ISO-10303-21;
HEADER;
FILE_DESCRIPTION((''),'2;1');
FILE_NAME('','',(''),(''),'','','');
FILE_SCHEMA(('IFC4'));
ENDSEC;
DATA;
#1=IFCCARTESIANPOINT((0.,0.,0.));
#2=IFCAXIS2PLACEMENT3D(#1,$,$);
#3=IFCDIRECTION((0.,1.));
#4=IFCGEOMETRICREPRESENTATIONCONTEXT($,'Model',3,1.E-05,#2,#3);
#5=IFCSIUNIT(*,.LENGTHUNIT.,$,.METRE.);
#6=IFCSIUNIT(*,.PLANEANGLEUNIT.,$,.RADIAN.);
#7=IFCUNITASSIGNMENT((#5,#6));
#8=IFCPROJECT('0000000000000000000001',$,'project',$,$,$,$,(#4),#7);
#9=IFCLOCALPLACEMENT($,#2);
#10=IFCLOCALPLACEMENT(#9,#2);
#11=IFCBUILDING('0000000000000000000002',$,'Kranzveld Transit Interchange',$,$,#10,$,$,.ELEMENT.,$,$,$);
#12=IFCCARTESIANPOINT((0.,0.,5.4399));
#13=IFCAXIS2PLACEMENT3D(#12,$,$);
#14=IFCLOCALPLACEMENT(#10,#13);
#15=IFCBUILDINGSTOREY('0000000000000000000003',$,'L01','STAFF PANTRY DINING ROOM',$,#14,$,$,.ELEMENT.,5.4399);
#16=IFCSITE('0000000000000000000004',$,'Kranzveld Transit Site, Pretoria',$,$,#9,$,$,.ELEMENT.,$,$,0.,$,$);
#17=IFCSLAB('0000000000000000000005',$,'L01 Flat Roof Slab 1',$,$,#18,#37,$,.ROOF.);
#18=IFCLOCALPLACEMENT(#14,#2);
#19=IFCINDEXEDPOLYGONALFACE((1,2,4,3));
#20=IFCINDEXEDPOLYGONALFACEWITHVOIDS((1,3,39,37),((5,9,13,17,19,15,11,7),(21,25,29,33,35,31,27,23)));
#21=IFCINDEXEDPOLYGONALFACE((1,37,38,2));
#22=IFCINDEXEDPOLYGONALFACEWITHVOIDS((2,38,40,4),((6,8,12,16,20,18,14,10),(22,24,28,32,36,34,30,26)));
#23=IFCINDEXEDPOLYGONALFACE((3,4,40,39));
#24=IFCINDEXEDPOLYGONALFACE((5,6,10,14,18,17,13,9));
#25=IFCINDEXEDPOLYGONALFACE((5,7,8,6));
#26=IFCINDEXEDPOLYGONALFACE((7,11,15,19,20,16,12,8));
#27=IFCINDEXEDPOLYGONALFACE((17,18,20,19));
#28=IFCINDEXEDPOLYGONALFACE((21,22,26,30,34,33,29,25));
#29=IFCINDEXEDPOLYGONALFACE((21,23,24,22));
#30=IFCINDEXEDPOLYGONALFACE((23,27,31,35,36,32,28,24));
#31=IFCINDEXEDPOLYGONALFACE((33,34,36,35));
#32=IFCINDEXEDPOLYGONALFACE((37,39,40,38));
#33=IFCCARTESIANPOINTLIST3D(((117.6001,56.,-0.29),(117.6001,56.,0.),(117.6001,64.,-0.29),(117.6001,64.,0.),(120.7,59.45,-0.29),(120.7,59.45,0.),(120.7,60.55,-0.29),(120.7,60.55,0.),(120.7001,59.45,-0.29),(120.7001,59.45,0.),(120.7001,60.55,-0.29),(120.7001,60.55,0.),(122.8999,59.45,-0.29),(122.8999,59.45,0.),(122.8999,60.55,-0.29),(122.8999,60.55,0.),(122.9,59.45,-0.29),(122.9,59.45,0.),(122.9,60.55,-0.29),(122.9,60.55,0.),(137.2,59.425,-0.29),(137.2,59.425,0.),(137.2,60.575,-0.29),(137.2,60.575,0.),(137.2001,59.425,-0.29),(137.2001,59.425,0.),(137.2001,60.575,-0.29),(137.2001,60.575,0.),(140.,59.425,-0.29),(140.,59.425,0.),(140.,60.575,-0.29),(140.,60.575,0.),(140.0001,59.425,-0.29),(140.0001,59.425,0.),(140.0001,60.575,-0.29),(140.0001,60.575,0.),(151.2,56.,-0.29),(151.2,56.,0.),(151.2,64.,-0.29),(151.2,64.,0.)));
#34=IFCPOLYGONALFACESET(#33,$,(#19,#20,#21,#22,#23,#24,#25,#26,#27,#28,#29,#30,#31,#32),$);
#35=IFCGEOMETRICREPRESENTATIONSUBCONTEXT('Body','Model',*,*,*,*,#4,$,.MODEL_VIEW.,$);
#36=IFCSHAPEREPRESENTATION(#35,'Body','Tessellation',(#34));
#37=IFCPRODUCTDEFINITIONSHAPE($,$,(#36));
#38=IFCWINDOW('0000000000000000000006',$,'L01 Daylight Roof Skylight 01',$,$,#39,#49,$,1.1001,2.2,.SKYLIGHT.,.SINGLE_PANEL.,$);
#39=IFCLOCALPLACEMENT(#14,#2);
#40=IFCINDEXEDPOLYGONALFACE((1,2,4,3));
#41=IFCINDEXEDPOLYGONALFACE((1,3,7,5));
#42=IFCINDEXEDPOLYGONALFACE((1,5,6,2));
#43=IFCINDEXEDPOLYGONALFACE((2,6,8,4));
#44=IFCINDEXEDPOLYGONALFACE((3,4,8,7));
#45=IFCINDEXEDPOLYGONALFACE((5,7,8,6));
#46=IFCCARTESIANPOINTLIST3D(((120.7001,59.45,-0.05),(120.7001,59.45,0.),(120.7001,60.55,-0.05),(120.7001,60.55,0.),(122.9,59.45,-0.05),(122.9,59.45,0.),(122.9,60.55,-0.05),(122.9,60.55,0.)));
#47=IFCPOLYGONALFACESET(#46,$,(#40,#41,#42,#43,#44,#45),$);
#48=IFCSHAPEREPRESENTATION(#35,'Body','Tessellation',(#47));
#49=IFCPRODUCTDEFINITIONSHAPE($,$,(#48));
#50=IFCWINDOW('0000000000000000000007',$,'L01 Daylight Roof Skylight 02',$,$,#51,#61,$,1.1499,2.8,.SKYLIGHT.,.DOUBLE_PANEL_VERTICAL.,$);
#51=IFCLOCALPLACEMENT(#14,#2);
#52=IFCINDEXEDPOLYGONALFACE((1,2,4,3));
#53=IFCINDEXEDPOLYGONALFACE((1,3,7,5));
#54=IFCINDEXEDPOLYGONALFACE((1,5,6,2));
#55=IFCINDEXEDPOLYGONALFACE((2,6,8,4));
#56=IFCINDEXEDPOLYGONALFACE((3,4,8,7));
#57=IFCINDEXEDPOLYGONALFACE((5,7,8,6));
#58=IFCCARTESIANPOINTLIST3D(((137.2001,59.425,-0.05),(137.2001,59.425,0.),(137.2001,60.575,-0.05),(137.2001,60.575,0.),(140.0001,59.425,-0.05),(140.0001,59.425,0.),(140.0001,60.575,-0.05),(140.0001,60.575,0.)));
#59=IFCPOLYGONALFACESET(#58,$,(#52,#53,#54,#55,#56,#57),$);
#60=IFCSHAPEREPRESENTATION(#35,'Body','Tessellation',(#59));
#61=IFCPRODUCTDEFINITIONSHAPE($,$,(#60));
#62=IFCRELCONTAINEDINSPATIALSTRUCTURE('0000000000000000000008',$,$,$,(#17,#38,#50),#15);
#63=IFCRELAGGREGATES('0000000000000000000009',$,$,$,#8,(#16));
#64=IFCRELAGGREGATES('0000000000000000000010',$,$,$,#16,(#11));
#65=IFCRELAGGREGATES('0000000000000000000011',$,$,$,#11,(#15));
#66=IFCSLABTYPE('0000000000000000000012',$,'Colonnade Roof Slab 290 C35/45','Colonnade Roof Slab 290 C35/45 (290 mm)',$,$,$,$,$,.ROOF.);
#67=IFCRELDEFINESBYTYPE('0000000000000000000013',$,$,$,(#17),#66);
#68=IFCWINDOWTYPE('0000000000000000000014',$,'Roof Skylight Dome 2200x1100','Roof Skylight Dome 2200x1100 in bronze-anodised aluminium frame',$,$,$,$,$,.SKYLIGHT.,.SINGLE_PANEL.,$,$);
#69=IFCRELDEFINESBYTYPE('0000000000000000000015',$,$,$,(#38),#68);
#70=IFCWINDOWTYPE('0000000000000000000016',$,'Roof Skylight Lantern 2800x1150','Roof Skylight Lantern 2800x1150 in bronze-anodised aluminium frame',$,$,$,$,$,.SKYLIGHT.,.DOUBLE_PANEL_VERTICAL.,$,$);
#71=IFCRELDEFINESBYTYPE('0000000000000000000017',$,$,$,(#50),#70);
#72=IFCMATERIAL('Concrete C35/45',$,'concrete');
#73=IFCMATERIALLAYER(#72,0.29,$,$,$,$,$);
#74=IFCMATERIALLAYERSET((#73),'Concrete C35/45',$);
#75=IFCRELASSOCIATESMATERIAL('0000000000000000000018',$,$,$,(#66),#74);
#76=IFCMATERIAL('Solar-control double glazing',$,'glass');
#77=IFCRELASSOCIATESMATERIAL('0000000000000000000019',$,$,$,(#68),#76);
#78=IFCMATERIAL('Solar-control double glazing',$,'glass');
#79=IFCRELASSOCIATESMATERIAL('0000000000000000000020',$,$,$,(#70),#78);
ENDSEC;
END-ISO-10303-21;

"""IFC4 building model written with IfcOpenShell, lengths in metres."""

from ifc_helpers import new_model, si_unit, direction, frame, origin, origin_2d, place, context, subcontext, project, spatial, polyline, rectangle, outline, extrude, material, layer, layer_set, type_object, element, fill, save


model = new_model("IFC4")

# Units and contexts
model_context = context("Model", 3, precision=1e-05, world=origin(), true_north=direction((0.0, 1.0)))
body_context = subcontext(model_context, "Body", "Model", "MODEL_VIEW")
ifc_project = project(units=[si_unit("LENGTHUNIT", "METRE"), si_unit("PLANEANGLEUNIT", "RADIAN")], contexts=[model_context])

# Site, building, storey
site_placement = place(None, origin())
site = spatial("IfcSite", under=ifc_project, at=site_placement, Name="Kranzveld Transit Site, Pretoria", CompositionType="ELEMENT", RefElevation=0.0)
building_placement = place(site_placement, origin())
building = spatial("IfcBuilding", under=site, at=building_placement, Name="Kranzveld Transit Interchange", CompositionType="ELEMENT")
storey_placement = place(building_placement, frame((0.0, 0.0, 5.4399)))
storey = spatial("IfcBuildingStorey", under=building, at=storey_placement, Name="L01", Description="STAFF PANTRY DINING ROOM", CompositionType="ELEMENT", Elevation=5.4399)

# Slab, openings, windows
ifc_material_1 = material(Name="Concrete C35/45", Category="concrete")
ifc_layer_1 = layer(ifc_material_1, 0.29)
ifc_layer_set_1 = layer_set([ifc_layer_1], Name="Concrete C35/45")
slab_type_1 = type_object("IfcSlabType", Name="Colonnade Roof Slab 290 C35/45", Description="Colonnade Roof Slab 290 C35/45 (290 mm)", PredefinedType="ROOF", material=ifc_layer_set_1)
slab_1_placement = place(storey_placement, frame((0.0, 0.0, -0.29)))
slab_1 = element("IfcSlab", 1, at=slab_1_placement, inside=storey, type_object=slab_type_1, Name="L01 Flat Roof Slab 1", PredefinedType="ROOF", context=body_context, shape_type="SweptSolid", body=[
    extrude(outline(polyline([(134.3999, 56.0), (117.6001, 56.0), (117.6001, 64.0), (151.2, 64.0), (151.2, 56.0), (134.3999, 56.0)]), holes=[polyline([(120.7, 59.45), (122.8999, 59.45), (122.8999, 60.55), (120.7, 60.55), (120.7, 59.45)]), polyline([(137.2, 59.425), (140.0, 59.425), (140.0, 60.575), (137.2, 60.575), (137.2, 59.425)])]), origin(), (0.0, 0.0, 1.0), 0.29),
])
opening_1_placement = place(slab_1_placement, frame((121.8, 60.0, 0.0)))
opening_1 = element("IfcOpeningElement", 2, at=opening_1_placement, cuts=slab_1, PredefinedType="OPENING", context=body_context, shape_type="SweptSolid", body=[
    extrude(rectangle(XDim=2.2, YDim=1.1001, at=origin_2d()), frame((0.0, 0.0, -0.01)), (0.0, 0.0, 1.0), 0.3101),
])
opening_2_placement = place(slab_1_placement, frame((138.6001, 60.0, 0.0)))
opening_2 = element("IfcOpeningElement", 3, at=opening_2_placement, cuts=slab_1, PredefinedType="OPENING", context=body_context, shape_type="SweptSolid", body=[
    extrude(rectangle(XDim=2.8, YDim=1.1499, at=origin_2d()), frame((0.0, 0.0, -0.01)), (0.0, 0.0, 1.0), 0.3101),
])
ifc_material_2 = material(Name="Solar-control double glazing", Category="glass")
window_type_1 = type_object("IfcWindowType", Name="Roof Skylight Dome 2200x1100", Description="Roof Skylight Dome 2200x1100 in bronze-anodised aluminium frame", PartitioningType="SINGLE_PANEL", PredefinedType="SKYLIGHT", material=ifc_material_2)
window_1_placement = place(opening_1_placement, frame((0.0, 0.0, 0.24)))
window_1 = element("IfcWindow", 4, at=window_1_placement, inside=storey, type_object=window_type_1, Name="L01 Daylight Roof Skylight 01", OverallHeight=1.1001, OverallWidth=2.2, PartitioningType="SINGLE_PANEL", PredefinedType="SKYLIGHT", context=body_context, shape_type="SweptSolid", body=[
    extrude(rectangle(XDim=2.2, YDim=1.1001, at=origin_2d()), origin(), (0.0, 0.0, 1.0), 0.05),
])
fill(opening_1, window_1)
ifc_material_3 = material(Name="Solar-control double glazing", Category="glass")
window_type_2 = type_object("IfcWindowType", Name="Roof Skylight Lantern 2800x1150", Description="Roof Skylight Lantern 2800x1150 in bronze-anodised aluminium frame", PartitioningType="DOUBLE_PANEL_VERTICAL", PredefinedType="SKYLIGHT", material=ifc_material_3)
window_2_placement = place(opening_2_placement, frame((0.0, 0.0, 0.24)))
window_2 = element("IfcWindow", 5, at=window_2_placement, inside=storey, type_object=window_type_2, Name="L01 Daylight Roof Skylight 02", OverallHeight=1.1499, OverallWidth=2.8, PartitioningType="DOUBLE_PANEL_VERTICAL", PredefinedType="SKYLIGHT", context=body_context, shape_type="SweptSolid", body=[
    extrude(rectangle(XDim=2.8, YDim=1.1499, at=origin_2d()), origin(), (0.0, 0.0, 1.0), 0.05),
])
fill(opening_2, window_2)

save(model, "model.ifc")
